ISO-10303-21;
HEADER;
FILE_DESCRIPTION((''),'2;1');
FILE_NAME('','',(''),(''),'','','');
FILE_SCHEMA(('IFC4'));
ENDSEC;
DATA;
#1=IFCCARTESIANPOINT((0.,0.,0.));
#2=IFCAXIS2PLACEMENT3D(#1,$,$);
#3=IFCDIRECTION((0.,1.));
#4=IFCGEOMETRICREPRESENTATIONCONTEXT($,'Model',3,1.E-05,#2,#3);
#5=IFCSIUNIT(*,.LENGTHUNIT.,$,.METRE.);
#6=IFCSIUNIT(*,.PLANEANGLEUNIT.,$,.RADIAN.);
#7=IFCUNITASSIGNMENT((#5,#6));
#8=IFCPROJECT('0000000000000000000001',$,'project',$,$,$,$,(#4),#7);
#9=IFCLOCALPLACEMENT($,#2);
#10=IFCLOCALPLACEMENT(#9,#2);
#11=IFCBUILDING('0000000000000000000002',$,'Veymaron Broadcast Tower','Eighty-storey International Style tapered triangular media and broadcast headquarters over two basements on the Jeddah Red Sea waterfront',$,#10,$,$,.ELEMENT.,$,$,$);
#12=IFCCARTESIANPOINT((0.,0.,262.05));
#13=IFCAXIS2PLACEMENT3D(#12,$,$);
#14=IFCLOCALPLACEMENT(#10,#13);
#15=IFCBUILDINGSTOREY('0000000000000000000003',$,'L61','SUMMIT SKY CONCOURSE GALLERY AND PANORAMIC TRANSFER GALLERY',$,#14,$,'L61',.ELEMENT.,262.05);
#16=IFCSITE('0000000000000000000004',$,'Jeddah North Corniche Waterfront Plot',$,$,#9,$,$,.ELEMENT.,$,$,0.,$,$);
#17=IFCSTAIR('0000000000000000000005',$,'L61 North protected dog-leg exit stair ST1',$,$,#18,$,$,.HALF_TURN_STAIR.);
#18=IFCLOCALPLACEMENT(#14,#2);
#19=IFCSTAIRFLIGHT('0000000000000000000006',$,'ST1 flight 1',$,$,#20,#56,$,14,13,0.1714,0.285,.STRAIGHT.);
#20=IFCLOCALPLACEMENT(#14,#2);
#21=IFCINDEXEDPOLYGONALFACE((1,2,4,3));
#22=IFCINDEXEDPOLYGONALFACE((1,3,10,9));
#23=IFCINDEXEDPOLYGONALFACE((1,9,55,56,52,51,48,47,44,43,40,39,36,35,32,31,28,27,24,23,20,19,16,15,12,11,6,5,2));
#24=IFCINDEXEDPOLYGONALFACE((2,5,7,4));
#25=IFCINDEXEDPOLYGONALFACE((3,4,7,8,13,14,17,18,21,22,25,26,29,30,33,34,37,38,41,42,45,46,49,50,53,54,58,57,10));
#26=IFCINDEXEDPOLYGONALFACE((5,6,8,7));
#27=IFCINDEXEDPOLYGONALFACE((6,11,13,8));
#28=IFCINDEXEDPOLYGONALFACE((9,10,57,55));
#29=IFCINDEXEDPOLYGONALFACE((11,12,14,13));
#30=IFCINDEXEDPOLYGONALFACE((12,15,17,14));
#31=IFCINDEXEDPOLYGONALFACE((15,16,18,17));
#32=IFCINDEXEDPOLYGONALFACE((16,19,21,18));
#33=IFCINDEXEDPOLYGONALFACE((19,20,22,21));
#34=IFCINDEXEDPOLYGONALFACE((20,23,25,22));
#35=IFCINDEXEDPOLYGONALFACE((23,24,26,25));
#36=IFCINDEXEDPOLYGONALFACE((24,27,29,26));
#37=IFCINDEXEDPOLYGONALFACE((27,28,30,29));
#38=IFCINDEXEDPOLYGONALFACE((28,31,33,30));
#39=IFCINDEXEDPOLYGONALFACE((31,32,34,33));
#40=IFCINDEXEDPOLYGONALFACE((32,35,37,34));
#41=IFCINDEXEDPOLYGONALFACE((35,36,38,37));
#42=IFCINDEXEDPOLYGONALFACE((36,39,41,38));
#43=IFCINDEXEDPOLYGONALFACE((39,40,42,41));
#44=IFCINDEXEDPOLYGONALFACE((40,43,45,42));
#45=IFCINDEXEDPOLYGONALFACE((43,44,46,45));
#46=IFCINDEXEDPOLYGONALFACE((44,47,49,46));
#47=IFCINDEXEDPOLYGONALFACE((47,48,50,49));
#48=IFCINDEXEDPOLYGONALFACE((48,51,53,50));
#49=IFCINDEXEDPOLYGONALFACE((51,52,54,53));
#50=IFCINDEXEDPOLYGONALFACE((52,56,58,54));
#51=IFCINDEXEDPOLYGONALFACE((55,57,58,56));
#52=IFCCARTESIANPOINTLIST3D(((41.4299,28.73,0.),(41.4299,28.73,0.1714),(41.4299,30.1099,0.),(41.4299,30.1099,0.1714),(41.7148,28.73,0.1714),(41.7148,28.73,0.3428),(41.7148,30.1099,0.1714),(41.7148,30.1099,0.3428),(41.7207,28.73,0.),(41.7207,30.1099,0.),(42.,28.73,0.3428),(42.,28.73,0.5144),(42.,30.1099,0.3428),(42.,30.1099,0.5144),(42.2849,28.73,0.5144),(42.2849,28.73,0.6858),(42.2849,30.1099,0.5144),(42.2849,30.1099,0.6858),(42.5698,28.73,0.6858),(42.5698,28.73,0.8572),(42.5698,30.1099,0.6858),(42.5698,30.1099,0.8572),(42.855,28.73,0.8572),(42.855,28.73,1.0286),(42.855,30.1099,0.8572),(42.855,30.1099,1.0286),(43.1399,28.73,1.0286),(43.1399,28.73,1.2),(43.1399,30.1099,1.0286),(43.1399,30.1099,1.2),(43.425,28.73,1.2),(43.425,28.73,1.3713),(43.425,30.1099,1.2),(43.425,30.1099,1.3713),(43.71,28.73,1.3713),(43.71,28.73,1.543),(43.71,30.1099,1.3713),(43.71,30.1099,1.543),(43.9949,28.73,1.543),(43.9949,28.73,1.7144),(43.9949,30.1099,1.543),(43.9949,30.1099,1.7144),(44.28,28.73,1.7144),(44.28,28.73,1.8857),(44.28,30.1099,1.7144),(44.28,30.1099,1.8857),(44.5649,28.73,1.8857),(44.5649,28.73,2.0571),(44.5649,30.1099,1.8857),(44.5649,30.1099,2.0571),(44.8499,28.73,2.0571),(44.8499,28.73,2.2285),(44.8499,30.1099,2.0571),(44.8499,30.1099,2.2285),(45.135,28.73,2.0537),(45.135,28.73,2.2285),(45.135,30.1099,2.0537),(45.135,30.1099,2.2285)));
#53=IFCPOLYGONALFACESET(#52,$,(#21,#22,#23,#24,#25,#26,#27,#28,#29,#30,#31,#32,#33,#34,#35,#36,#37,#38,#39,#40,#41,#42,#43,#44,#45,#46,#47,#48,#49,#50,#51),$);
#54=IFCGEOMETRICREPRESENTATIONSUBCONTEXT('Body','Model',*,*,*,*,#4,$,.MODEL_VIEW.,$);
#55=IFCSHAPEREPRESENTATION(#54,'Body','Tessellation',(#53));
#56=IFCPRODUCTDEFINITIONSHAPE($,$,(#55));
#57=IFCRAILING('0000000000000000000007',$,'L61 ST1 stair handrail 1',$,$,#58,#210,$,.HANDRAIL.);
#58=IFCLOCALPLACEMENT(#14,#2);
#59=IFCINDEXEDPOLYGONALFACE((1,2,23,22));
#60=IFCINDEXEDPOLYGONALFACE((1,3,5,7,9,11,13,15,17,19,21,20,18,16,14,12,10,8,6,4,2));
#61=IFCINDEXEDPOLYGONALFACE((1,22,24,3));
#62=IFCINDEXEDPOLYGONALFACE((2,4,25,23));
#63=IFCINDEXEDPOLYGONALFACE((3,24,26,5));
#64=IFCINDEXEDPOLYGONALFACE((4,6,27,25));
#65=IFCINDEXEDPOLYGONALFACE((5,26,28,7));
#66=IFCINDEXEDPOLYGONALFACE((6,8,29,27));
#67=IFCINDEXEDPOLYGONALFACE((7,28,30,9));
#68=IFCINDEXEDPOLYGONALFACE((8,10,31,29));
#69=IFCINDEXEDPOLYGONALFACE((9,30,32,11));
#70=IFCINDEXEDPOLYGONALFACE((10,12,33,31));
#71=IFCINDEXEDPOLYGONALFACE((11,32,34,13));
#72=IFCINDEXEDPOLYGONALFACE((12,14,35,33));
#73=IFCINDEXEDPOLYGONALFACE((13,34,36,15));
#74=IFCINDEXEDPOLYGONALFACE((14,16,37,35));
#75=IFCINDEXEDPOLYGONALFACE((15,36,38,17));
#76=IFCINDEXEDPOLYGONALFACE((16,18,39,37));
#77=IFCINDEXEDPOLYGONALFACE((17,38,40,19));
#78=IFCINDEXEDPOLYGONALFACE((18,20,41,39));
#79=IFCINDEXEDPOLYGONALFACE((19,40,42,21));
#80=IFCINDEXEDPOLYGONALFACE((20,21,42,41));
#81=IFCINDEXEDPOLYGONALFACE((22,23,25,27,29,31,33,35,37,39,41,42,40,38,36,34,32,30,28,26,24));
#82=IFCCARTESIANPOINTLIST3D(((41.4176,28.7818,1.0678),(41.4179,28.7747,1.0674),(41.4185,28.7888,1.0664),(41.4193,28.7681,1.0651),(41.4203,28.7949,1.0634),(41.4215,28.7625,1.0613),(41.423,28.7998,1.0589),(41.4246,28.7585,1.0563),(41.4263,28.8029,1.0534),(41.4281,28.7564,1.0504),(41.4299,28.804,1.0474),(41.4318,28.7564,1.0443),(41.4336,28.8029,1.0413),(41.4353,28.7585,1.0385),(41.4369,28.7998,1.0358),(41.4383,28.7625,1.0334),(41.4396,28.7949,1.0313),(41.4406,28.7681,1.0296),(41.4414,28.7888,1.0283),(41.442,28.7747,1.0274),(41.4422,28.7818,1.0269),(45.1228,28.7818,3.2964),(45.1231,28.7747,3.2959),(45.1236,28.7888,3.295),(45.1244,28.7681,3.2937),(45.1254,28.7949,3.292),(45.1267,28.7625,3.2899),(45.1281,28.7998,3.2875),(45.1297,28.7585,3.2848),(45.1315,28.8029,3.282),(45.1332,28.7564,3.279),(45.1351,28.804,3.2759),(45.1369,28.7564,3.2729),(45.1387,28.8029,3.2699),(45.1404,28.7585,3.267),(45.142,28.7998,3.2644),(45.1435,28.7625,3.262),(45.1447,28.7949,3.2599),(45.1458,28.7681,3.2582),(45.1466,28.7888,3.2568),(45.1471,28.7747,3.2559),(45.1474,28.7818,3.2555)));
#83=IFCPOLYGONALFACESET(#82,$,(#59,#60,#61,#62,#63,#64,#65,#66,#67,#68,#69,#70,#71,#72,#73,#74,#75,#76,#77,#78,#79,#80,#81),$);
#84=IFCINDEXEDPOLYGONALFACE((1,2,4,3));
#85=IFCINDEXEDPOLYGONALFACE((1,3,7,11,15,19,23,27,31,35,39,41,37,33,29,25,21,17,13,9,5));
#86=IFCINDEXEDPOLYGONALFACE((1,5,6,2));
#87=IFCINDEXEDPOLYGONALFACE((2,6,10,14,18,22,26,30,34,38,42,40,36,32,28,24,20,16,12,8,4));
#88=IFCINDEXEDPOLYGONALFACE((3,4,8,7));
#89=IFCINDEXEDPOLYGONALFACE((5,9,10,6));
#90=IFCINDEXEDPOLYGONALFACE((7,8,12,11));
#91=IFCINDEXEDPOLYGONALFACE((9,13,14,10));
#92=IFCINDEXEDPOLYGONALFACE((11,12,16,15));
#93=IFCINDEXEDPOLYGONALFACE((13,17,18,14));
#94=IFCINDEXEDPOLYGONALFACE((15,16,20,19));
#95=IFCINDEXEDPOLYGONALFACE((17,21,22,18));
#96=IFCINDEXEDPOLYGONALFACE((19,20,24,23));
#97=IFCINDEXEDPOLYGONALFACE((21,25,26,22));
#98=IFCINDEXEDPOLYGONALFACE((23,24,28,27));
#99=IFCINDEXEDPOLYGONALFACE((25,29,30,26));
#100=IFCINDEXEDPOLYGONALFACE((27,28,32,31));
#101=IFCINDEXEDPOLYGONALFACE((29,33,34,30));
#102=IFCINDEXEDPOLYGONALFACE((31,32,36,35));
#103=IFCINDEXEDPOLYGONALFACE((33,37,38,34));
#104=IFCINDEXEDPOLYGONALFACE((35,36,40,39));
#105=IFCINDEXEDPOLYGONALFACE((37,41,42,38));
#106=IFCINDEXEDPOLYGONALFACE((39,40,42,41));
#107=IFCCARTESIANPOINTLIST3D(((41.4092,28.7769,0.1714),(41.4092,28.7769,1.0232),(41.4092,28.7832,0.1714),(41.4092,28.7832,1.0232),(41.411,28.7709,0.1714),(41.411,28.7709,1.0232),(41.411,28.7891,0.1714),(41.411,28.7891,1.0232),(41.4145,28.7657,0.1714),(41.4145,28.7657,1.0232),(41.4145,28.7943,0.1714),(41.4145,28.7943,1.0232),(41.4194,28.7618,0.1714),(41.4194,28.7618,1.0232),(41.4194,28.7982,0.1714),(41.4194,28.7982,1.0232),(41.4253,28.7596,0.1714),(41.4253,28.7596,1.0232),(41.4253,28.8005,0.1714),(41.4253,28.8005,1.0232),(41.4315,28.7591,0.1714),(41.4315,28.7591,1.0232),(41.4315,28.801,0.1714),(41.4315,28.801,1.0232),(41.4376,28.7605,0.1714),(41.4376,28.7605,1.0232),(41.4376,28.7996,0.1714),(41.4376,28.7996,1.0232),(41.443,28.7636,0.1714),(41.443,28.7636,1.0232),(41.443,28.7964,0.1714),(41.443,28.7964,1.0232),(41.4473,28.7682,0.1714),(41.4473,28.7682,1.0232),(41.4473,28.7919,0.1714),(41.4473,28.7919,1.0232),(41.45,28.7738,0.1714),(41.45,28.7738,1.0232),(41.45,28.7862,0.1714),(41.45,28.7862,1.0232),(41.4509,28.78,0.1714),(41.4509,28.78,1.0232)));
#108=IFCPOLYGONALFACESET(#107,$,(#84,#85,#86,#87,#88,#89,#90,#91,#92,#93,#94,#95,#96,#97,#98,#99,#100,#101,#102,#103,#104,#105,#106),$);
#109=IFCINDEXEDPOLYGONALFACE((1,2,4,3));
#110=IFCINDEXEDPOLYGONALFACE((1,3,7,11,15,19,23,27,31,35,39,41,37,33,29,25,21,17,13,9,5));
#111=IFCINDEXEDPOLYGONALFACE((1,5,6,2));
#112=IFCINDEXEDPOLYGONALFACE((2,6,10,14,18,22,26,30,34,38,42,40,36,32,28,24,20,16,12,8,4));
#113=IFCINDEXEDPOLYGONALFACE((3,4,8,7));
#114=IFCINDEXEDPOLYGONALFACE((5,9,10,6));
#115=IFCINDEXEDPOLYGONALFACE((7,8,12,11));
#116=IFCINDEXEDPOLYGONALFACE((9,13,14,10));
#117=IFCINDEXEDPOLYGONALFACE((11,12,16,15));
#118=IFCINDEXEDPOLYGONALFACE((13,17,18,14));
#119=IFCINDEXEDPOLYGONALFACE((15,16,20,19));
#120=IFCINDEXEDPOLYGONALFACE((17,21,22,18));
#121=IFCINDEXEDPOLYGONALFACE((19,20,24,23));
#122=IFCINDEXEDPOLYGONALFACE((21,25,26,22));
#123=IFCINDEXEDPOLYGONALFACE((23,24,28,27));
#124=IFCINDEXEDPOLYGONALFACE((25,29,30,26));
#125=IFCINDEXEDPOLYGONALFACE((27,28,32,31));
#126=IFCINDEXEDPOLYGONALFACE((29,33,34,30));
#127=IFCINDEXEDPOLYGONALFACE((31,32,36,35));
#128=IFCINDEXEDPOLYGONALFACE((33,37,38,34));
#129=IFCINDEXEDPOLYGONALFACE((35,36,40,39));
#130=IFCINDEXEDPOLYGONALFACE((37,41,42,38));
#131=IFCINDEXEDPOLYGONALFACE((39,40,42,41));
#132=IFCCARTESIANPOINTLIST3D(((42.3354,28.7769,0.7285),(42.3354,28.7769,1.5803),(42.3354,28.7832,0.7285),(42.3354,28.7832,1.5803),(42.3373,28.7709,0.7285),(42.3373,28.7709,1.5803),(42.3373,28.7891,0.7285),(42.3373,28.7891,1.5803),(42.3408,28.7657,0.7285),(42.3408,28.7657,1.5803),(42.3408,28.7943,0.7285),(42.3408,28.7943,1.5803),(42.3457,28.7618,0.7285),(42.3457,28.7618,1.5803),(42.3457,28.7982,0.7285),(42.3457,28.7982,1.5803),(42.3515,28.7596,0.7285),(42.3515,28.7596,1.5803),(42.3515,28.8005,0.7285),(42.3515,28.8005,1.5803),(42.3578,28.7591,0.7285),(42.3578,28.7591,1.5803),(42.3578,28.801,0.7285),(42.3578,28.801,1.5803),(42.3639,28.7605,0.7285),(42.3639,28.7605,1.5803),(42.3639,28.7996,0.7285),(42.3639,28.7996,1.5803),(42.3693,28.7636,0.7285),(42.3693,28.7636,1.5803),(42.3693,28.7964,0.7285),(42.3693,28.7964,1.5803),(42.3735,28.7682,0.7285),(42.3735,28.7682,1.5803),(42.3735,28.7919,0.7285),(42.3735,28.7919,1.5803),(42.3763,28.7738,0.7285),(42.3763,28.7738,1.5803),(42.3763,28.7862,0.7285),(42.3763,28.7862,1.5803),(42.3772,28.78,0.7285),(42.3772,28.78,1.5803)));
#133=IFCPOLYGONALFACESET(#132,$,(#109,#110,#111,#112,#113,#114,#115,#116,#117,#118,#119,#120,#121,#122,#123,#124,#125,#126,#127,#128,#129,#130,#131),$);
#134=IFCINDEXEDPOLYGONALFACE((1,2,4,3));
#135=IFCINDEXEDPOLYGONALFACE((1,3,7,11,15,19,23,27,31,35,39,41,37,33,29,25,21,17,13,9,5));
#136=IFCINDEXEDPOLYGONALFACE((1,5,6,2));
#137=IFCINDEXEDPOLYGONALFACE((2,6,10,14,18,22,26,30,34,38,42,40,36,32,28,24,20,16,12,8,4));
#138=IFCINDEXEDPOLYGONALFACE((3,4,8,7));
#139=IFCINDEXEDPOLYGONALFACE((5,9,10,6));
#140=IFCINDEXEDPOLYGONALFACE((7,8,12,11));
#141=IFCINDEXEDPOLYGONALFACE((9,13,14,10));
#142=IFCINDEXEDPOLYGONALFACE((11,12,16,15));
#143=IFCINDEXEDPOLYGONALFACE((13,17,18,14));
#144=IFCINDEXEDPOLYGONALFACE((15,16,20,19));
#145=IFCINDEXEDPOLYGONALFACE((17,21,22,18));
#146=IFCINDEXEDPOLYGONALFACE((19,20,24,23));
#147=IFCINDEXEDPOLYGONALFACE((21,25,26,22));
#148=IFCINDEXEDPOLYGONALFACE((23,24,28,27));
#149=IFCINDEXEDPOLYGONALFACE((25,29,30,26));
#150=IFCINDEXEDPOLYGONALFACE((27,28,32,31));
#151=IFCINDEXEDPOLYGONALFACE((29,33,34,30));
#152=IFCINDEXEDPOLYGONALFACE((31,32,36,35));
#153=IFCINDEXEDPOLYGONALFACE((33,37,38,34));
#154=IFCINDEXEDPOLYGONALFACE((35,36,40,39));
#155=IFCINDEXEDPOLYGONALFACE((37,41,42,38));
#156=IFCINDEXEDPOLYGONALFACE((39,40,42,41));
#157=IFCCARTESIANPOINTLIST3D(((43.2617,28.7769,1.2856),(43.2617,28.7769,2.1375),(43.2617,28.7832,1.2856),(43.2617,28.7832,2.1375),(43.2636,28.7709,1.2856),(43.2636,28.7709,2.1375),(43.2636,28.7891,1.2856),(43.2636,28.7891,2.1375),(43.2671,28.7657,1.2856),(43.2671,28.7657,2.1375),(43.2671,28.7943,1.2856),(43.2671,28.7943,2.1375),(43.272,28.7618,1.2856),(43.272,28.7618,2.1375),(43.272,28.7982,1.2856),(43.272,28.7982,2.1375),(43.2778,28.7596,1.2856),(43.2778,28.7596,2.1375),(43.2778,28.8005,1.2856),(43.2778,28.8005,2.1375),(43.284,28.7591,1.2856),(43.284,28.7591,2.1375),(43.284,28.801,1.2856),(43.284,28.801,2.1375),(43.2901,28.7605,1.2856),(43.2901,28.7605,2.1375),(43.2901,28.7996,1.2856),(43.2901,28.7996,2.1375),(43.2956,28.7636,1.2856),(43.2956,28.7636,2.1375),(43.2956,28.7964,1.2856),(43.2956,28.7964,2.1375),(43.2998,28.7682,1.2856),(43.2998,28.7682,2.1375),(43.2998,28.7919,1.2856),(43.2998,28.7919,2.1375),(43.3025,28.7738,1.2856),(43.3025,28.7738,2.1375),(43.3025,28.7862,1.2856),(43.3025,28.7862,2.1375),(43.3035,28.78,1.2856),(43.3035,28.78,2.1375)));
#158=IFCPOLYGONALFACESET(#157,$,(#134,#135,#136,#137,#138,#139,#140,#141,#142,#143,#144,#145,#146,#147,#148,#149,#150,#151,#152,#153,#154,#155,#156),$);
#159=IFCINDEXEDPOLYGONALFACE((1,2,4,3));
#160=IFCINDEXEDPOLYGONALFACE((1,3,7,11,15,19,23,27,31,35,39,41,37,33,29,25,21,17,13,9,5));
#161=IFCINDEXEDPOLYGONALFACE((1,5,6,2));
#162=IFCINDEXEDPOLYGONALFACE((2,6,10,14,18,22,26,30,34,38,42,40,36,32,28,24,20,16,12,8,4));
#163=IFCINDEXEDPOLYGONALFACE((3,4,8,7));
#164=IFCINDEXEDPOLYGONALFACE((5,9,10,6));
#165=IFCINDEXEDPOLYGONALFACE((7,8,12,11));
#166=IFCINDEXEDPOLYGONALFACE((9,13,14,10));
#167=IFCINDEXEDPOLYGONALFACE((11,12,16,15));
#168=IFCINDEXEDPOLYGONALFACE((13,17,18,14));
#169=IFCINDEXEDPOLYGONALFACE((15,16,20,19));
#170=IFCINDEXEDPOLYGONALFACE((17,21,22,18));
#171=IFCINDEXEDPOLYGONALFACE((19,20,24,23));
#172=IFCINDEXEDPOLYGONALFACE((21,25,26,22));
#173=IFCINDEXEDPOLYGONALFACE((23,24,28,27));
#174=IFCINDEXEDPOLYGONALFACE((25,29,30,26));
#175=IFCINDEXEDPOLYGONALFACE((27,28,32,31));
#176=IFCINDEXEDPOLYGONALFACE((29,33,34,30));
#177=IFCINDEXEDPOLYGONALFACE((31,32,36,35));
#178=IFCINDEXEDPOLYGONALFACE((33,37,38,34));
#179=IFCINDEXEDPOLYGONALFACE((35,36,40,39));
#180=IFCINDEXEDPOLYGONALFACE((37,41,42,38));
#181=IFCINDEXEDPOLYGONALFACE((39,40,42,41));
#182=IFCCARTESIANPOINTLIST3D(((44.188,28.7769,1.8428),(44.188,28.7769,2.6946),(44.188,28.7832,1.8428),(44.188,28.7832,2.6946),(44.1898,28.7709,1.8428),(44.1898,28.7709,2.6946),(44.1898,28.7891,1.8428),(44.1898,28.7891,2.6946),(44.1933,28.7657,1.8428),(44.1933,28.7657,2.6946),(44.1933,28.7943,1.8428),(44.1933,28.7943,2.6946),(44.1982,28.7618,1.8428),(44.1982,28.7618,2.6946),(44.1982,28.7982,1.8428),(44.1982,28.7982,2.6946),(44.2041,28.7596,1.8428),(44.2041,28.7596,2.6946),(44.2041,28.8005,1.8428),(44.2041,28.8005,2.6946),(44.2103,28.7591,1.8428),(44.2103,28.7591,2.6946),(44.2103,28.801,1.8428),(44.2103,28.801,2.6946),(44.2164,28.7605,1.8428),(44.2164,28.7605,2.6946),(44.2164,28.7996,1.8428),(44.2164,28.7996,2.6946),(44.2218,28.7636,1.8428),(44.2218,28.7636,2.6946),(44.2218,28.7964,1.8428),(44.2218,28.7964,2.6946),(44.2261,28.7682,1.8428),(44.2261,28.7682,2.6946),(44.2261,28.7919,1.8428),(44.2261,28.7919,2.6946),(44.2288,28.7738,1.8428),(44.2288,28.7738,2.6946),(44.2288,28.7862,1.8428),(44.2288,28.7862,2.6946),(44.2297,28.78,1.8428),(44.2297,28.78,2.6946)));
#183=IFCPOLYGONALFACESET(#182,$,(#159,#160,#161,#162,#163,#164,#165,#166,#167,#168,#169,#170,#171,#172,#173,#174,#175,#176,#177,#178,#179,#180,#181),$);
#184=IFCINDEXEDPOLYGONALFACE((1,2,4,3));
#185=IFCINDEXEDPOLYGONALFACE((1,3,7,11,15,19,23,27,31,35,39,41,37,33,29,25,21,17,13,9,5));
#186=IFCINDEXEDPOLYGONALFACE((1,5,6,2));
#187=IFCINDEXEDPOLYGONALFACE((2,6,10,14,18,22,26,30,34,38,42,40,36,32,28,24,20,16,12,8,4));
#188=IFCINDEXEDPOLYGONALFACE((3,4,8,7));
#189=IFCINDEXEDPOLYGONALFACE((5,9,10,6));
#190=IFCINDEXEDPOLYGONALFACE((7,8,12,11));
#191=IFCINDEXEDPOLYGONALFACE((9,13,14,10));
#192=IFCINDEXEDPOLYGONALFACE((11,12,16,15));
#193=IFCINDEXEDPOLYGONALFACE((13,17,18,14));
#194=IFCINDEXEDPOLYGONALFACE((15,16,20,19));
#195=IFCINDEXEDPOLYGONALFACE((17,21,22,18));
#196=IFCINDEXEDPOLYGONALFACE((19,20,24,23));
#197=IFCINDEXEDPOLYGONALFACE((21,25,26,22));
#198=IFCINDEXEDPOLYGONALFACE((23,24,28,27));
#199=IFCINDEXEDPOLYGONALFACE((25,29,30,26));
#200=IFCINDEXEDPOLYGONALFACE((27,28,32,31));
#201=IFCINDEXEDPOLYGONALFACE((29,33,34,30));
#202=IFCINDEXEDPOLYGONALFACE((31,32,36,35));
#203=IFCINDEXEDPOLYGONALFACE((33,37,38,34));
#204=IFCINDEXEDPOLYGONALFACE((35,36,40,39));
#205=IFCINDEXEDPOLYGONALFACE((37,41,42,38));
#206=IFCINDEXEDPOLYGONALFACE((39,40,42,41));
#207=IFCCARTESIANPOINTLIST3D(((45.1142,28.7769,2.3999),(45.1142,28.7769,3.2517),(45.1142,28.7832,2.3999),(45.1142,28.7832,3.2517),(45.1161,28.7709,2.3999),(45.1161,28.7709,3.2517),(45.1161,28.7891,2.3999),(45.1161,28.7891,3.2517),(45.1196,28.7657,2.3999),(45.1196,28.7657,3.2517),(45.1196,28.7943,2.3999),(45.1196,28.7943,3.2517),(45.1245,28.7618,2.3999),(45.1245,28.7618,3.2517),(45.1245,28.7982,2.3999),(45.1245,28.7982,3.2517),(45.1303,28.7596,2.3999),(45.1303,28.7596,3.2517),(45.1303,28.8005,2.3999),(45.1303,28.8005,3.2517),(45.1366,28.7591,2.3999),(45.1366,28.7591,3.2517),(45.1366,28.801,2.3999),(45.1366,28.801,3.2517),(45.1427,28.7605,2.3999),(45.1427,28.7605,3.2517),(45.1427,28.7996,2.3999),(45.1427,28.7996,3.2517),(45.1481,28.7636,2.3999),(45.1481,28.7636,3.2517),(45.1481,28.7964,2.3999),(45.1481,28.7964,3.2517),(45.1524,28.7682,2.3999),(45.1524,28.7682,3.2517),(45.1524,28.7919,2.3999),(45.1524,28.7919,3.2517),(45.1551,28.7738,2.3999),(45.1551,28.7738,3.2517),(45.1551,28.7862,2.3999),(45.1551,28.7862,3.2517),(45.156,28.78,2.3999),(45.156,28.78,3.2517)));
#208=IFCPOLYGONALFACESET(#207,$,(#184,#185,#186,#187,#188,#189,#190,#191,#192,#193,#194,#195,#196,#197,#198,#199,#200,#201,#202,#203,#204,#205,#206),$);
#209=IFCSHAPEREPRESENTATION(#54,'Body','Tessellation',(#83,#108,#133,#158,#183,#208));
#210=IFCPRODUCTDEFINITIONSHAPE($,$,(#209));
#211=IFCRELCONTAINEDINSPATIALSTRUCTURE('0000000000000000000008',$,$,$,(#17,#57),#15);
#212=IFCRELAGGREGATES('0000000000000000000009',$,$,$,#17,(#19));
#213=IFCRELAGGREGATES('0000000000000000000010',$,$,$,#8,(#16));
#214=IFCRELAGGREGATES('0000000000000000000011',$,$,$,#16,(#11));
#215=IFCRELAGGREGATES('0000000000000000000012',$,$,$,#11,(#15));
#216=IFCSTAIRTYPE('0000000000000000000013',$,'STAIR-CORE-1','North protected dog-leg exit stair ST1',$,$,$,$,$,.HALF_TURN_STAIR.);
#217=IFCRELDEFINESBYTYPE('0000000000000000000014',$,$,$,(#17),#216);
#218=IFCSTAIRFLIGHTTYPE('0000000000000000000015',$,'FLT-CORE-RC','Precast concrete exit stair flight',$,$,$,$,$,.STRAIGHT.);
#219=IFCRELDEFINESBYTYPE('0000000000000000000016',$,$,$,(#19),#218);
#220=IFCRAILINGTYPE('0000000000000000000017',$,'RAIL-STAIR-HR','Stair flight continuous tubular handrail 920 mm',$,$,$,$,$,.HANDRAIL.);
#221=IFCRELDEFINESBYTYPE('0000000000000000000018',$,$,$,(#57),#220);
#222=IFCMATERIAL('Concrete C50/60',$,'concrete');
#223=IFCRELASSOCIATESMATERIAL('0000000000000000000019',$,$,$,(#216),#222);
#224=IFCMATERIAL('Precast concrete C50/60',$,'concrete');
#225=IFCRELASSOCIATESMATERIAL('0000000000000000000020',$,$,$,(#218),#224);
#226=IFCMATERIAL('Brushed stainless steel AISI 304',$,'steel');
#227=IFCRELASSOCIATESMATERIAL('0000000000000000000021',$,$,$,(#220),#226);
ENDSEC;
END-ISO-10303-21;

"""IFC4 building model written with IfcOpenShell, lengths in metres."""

from ifc_helpers import new_model, si_unit, direction, frame, origin, origin_2d, place, context, subcontext, project, spatial, polyline, circle, outline, extrude, material, type_object, element, aggregate, save


model = new_model("IFC4")

# Units and contexts
model_context = context("Model", 3, precision=1e-05, world=origin(), true_north=direction((0.0, 1.0)))
body_context = subcontext(model_context, "Body", "Model", "MODEL_VIEW")
ifc_project = project(units=[si_unit("LENGTHUNIT", "METRE"), si_unit("PLANEANGLEUNIT", "RADIAN")], contexts=[model_context])

# Site, building, storey
site_placement = place(None, origin())
site = spatial("IfcSite", under=ifc_project, at=site_placement, Name="Jeddah North Corniche Waterfront Plot", CompositionType="ELEMENT", RefElevation=0.0)
building_placement = place(site_placement, origin())
building = spatial("IfcBuilding", under=site, at=building_placement, Name="Veymaron Broadcast Tower", Description="Eighty-storey International Style tapered triangular media and broadcast headquarters over two basements on the Jeddah Red Sea waterfront", CompositionType="ELEMENT")
storey_placement = place(building_placement, frame((0.0, 0.0, 262.05)))
storey = spatial("IfcBuildingStorey", under=building, at=storey_placement, Name="L61", Description="SUMMIT SKY CONCOURSE GALLERY AND PANORAMIC TRANSFER GALLERY", LongName="L61", CompositionType="ELEMENT", Elevation=262.05)

# Shared definitions
ifc_material_1 = material(Name="Concrete C50/60", Category="concrete")

# Stair, stair flight
stair_type = type_object("IfcStairType", Name="STAIR-CORE-1", Description="North protected dog-leg exit stair ST1", PredefinedType="HALF_TURN_STAIR", material=ifc_material_1)
stair_placement = place(storey_placement, origin())
stair = element("IfcStair", 1, at=stair_placement, inside=storey, type_object=stair_type, Name="L61 North protected dog-leg exit stair ST1", PredefinedType="HALF_TURN_STAIR")
ifc_material_2 = material(Name="Precast concrete C50/60", Category="concrete")
stair_flight_type = type_object("IfcStairFlightType", Name="FLT-CORE-RC", Description="Precast concrete exit stair flight", PredefinedType="STRAIGHT", material=ifc_material_2)
stair_flight_placement = place(storey_placement, frame((41.4299, 29.4199, 0.0), z_axis=(0.0, 0.0, 1.0), x_axis=(1.0, 0.0, 0.0)))
stair_flight = element("IfcStairFlight", 2, at=stair_flight_placement, type_object=stair_flight_type, Name="ST1 flight 1", NumberOfRisers=14, NumberOfTreads=13, PredefinedType="STRAIGHT", RiserHeight=0.1714, TreadLength=0.285, context=body_context, shape_type="SweptSolid", body=[
    extrude(outline(polyline([(0.0, 0.0), (0.0, 0.1714), (0.2849, 0.1714), (0.2849, 0.3428), (0.5701, 0.3428), (0.5701, 0.5144), (0.855, 0.5144), (0.855, 0.6858), (1.1399, 0.6858), (1.1399, 0.8572), (1.425, 0.8572), (1.425, 1.0286), (1.71, 1.0286), (1.71, 1.2), (1.9951, 1.2), (1.9951, 1.3713), (2.28, 1.3713), (2.28, 1.543), (2.5649, 1.543), (2.5649, 1.7144), (2.8501, 1.7144), (2.8501, 1.8857), (3.135, 1.8857), (3.135, 2.0571), (3.4199, 2.0571), (3.4199, 2.2285), (3.7051, 2.2285), (3.7051, 2.3999), (3.7051, 2.0537), (0.2908, 0.0), (0.0, 0.0)])), frame((0.0, 0.6899, 0.0), z_axis=(0.0, -1.0, 0.0), x_axis=(1.0, 0.0, 0.0)), (0.0, 0.0, 1.0), 1.3799),
])
aggregate(stair, [stair_flight])

# Railing
ifc_material_3 = material(Name="Brushed stainless steel AISI 304", Category="steel")
railing_type_1 = type_object("IfcRailingType", Name="RAIL-STAIR-HR", Description="Stair flight continuous tubular handrail 920 mm", PredefinedType="HANDRAIL", material=ifc_material_3)
railing_1_placement = place(storey_placement, frame((41.4299, 28.78, 0.1714)))
element("IfcRailing", 3, at=railing_1_placement, inside=storey, type_object=railing_type_1, Name="L61 ST1 stair handrail 1", PredefinedType="HANDRAIL", context=body_context, shape_type="SweptSolid", body=[
    extrude(circle(Radius=0.0239, at=origin_2d()), frame((0.0, 0.0, 0.876), z_axis=(0.856934, 0.0, 0.515425), x_axis=(0.0, 1.0, 0.0)), (0.0, 0.0, 1.0), 4.3237),
    extrude(circle(Radius=0.021, at=origin_2d()), origin(), (0.0, 0.0, 1.0), 0.8518),
    extrude(circle(Radius=0.021, at=origin_2d()), frame((0.9263, 0.0, 0.5571)), (0.0, 0.0, 1.0), 0.8518),
    extrude(circle(Radius=0.021, at=origin_2d()), frame((1.8525, 0.0, 1.1143)), (0.0, 0.0, 1.0), 0.8518),
    extrude(circle(Radius=0.021, at=origin_2d()), frame((2.7788, 0.0, 1.6714)), (0.0, 0.0, 1.0), 0.8518),
    extrude(circle(Radius=0.021, at=origin_2d()), frame((3.7051, 0.0, 2.2285)), (0.0, 0.0, 1.0), 0.8518),
])

save(model, "model.ifc")
